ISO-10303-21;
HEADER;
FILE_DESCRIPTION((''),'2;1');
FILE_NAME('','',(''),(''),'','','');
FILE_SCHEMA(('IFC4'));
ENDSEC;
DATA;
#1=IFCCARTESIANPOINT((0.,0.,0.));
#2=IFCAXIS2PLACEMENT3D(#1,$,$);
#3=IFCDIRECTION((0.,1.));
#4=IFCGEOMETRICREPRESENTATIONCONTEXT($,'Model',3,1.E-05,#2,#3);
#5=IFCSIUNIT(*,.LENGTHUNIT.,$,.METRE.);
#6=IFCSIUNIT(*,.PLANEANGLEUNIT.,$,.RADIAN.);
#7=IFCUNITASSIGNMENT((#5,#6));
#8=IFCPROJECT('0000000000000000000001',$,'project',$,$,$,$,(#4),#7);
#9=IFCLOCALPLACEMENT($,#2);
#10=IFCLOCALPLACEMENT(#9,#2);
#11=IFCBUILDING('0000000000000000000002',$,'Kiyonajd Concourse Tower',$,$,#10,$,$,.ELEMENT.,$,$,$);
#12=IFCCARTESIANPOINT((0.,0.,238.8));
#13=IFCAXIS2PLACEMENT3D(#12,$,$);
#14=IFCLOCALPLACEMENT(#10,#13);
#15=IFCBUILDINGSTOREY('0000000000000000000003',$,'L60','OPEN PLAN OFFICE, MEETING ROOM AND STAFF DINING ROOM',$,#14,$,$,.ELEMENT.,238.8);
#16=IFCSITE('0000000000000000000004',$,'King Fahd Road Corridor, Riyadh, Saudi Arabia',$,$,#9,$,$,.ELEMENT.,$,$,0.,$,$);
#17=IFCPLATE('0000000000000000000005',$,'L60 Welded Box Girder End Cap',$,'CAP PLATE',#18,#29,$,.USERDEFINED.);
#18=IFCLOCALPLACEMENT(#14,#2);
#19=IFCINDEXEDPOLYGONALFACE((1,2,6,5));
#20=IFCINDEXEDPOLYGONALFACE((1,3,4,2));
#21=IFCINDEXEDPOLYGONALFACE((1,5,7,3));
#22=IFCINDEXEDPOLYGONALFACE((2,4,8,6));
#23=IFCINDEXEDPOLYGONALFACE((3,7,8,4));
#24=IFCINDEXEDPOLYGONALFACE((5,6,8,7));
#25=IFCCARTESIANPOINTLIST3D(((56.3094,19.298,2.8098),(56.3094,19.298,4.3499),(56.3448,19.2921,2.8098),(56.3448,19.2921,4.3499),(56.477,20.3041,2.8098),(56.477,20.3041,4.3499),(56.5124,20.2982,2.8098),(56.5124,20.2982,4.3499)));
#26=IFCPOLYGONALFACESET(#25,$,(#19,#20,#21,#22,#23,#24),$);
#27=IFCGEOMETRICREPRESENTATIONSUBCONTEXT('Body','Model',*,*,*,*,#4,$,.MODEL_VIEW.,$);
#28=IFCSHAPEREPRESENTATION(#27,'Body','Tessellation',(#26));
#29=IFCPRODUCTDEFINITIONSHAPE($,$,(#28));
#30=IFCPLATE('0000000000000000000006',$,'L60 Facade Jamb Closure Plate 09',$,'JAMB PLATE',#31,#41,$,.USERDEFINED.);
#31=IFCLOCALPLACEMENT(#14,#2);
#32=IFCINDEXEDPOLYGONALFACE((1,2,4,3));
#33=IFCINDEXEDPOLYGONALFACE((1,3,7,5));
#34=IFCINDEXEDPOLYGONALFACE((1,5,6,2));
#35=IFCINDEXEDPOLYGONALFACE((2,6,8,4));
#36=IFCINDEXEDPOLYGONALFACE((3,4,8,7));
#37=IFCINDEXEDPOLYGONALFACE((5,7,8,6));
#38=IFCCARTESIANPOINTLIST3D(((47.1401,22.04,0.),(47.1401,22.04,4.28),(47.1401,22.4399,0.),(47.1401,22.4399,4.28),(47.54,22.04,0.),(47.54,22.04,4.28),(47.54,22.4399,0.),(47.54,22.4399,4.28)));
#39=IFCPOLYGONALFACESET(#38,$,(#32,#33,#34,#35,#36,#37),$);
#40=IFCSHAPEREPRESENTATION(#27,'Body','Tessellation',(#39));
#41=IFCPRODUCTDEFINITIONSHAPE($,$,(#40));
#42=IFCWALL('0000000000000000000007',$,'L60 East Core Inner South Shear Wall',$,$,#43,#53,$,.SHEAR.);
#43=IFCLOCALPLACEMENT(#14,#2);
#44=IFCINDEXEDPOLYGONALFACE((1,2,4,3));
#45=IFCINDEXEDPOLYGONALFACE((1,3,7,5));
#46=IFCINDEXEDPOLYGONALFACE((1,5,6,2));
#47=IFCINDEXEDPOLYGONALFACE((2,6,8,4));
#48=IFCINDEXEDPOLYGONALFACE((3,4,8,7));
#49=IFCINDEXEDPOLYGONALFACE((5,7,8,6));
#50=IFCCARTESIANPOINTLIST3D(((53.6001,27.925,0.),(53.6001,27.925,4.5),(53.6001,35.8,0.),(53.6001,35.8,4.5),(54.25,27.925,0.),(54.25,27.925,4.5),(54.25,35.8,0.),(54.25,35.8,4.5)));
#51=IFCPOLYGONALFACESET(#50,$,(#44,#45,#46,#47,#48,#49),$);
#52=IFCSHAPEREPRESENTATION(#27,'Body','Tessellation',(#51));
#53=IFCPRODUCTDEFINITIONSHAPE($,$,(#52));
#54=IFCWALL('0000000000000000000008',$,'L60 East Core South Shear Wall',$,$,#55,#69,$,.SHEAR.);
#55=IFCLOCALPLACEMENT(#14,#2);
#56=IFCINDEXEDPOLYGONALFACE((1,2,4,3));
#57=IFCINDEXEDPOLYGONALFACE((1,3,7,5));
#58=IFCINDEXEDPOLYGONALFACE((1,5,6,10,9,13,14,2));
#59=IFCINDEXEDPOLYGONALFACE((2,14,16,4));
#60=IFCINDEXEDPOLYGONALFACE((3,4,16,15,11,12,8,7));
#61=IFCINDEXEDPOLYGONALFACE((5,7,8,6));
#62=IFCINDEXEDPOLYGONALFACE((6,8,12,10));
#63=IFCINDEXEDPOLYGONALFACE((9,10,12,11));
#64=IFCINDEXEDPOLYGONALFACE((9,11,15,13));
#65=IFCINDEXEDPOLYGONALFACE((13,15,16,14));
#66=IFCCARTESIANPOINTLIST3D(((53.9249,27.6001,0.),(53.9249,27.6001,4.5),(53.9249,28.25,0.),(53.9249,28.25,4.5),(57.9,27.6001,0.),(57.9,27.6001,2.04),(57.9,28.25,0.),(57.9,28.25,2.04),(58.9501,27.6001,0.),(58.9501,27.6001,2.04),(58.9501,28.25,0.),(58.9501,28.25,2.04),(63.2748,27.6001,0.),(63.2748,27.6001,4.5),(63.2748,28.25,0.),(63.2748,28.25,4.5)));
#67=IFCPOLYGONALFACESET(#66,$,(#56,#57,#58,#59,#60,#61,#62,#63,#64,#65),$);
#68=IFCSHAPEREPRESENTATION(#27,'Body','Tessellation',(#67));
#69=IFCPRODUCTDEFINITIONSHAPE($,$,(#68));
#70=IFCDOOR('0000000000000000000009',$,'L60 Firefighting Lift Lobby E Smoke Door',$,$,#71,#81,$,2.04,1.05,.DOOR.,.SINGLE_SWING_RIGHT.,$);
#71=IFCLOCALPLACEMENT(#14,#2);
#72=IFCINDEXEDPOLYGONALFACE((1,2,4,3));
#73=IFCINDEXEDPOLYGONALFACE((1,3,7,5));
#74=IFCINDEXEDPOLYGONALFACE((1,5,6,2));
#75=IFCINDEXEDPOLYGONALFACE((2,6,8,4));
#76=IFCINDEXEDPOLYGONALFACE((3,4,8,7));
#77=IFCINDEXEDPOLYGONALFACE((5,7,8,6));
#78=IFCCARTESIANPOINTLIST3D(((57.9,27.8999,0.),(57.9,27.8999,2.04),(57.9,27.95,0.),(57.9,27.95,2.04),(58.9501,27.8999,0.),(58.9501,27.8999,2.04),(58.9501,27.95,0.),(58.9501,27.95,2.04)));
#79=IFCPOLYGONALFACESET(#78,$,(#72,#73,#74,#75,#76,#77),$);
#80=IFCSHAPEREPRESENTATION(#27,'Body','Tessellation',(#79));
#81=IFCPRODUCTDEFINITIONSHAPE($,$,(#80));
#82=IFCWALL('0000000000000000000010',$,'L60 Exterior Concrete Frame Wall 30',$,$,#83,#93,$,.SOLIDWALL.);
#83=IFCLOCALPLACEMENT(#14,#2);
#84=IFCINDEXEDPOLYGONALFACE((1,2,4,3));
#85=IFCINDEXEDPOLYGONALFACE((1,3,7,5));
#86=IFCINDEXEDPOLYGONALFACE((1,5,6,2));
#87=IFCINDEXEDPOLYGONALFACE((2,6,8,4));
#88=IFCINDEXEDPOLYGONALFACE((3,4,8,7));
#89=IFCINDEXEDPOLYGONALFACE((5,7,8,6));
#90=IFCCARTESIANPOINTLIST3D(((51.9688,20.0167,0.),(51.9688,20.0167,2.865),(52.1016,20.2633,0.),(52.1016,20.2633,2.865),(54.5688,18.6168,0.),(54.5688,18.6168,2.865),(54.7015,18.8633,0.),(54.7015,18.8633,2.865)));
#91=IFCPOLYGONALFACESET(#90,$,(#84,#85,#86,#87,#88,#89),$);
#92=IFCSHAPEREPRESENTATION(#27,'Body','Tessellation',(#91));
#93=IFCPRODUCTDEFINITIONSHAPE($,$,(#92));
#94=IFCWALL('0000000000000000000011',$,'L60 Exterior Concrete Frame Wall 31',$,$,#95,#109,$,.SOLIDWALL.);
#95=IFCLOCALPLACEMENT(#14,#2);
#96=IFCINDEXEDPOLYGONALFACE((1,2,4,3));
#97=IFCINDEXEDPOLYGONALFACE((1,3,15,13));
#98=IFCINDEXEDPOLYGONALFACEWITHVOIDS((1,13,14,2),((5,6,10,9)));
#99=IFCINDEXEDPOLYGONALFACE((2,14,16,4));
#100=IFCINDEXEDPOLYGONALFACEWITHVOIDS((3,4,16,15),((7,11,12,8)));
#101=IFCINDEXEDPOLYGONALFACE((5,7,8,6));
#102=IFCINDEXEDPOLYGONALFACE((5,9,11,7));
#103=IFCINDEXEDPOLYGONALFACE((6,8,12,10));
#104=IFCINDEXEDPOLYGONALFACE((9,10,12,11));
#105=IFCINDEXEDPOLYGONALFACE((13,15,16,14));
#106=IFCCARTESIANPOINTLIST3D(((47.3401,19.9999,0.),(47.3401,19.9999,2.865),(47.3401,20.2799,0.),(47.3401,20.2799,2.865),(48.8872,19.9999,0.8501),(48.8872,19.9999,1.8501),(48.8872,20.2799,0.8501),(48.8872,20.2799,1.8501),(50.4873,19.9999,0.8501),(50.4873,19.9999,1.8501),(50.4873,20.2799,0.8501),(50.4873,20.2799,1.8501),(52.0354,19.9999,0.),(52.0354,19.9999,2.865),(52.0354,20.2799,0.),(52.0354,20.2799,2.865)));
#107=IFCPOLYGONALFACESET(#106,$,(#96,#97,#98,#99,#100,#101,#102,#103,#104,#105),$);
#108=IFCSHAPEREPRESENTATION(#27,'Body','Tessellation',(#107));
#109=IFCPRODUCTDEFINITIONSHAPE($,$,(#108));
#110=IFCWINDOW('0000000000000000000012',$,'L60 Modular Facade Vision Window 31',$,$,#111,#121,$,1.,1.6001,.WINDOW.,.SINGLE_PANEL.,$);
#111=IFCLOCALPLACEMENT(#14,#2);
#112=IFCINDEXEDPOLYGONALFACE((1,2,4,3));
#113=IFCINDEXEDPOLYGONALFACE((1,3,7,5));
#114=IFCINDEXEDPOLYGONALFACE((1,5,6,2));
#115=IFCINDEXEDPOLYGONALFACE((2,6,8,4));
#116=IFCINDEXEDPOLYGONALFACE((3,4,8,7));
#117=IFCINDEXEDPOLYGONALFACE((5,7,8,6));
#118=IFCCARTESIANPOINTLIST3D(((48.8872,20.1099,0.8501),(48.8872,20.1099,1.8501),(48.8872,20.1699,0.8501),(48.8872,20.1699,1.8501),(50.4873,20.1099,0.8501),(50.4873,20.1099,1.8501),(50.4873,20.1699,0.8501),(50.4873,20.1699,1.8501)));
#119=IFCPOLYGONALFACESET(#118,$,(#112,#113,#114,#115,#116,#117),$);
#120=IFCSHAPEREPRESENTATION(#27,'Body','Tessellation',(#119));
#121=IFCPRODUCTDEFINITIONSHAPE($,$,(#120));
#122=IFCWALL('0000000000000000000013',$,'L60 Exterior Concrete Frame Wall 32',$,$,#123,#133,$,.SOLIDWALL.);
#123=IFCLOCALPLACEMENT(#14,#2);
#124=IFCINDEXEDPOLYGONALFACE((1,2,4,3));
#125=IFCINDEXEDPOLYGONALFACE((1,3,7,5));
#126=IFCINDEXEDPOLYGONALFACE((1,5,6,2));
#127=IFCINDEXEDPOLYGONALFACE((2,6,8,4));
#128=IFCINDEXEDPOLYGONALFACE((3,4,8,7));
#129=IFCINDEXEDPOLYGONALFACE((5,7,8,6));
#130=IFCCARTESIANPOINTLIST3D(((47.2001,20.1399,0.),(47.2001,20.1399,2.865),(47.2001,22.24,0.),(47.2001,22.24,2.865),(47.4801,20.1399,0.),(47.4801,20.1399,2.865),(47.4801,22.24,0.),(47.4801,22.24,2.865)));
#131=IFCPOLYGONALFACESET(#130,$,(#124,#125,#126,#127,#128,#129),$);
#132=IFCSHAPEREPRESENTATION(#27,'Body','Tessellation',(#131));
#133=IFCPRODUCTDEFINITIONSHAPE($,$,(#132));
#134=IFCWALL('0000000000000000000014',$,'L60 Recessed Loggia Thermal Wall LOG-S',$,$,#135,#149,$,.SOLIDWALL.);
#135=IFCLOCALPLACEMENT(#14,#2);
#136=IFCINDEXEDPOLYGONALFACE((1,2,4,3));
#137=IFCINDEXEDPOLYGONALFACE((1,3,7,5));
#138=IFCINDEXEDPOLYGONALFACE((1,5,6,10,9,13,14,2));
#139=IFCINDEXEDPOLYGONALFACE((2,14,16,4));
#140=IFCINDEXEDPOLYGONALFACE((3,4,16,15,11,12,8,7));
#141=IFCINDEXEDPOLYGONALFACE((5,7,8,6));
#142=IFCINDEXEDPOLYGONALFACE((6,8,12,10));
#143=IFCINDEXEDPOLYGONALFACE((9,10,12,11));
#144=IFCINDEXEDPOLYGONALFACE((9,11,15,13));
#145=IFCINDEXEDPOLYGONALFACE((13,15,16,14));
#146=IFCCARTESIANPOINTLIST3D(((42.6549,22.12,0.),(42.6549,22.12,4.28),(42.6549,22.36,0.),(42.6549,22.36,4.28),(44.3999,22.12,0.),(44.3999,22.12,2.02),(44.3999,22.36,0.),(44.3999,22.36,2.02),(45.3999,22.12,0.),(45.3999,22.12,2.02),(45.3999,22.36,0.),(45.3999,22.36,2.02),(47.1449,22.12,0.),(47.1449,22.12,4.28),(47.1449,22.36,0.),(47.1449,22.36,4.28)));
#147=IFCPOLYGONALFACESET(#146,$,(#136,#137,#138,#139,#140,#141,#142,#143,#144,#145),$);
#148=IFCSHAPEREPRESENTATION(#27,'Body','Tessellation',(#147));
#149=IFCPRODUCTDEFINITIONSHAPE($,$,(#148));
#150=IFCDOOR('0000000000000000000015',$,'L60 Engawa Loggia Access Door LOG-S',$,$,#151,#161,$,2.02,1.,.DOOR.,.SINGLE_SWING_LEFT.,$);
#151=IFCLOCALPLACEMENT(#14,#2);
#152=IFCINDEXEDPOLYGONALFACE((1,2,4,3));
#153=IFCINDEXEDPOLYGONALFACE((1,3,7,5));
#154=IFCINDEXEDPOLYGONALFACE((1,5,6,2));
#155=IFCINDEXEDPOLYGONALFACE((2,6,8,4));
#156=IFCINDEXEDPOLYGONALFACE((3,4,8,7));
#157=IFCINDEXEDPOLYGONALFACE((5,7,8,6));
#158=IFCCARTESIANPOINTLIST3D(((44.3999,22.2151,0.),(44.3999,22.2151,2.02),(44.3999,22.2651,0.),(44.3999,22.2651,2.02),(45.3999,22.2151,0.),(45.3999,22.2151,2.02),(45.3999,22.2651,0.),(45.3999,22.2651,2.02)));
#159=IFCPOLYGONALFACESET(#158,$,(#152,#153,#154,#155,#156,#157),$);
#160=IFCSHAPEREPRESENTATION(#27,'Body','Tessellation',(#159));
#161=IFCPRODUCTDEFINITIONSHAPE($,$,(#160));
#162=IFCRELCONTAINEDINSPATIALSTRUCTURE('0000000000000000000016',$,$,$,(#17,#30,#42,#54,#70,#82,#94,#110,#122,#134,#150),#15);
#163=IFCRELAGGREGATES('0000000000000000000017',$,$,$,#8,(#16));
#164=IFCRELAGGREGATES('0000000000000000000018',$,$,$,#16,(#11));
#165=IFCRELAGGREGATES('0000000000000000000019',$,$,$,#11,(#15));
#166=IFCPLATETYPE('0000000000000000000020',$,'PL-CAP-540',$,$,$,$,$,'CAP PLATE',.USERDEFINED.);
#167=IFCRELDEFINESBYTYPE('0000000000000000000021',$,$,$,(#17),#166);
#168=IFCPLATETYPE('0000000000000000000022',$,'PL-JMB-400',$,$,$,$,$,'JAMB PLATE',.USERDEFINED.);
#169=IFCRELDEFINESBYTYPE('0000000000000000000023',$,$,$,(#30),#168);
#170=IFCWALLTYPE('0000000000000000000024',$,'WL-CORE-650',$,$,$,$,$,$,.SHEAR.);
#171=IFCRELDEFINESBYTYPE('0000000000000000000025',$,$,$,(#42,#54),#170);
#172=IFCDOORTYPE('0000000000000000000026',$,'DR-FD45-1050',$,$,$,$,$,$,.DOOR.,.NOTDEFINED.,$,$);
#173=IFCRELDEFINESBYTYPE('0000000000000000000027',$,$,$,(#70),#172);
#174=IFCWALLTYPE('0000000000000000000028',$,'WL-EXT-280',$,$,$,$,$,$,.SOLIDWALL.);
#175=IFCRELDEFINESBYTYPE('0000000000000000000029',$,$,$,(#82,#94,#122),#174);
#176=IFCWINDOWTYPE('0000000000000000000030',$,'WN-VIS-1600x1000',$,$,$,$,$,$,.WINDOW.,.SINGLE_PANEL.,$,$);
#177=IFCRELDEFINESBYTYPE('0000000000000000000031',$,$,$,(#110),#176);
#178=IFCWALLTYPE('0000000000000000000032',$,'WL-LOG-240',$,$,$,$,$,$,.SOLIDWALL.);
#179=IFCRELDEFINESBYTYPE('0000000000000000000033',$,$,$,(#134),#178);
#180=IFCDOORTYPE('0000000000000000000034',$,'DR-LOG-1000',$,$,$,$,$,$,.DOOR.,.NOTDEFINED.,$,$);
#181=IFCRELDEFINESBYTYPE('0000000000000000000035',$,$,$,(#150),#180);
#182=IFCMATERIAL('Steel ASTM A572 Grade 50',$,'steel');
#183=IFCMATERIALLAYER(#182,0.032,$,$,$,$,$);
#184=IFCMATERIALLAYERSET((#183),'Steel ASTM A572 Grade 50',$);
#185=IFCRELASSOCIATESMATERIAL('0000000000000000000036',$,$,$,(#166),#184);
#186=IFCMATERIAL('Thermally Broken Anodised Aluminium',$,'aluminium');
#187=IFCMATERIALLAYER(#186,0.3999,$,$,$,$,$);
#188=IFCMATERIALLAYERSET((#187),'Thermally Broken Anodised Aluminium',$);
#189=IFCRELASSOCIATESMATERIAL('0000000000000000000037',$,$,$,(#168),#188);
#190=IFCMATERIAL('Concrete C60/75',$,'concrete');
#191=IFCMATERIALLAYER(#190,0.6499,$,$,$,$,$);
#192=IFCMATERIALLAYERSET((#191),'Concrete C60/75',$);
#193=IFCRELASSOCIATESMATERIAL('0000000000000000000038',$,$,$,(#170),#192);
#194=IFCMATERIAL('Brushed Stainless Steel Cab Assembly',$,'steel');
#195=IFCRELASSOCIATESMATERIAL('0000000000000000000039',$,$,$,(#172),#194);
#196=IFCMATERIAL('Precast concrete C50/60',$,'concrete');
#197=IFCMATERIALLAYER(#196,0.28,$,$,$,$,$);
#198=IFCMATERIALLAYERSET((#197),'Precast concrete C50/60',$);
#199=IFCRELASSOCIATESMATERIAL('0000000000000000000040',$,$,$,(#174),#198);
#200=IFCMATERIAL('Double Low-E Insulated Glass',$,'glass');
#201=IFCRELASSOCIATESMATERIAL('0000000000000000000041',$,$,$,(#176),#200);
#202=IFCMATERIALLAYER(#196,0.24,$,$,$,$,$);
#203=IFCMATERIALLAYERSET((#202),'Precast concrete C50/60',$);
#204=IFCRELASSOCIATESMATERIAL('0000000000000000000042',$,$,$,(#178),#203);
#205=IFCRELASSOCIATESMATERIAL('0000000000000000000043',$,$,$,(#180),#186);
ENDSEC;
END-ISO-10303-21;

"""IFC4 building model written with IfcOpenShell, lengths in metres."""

from ifc_helpers import new_model, si_unit, direction, frame, frame_2d, origin, origin_2d, place, context, subcontext, project, spatial, rectangle, extrude, material, layer, layer_set, type_object, element, fill, save


model = new_model("IFC4")

# Units and contexts
model_context = context("Model", 3, precision=1e-05, world=origin(), true_north=direction((0.0, 1.0)))
body_context = subcontext(model_context, "Body", "Model", "MODEL_VIEW")
ifc_project = project(units=[si_unit("LENGTHUNIT", "METRE"), si_unit("PLANEANGLEUNIT", "RADIAN")], contexts=[model_context])

# Site, building, storey
site_placement = place(None, origin())
site = spatial("IfcSite", under=ifc_project, at=site_placement, Name="King Fahd Road Corridor, Riyadh, Saudi Arabia", CompositionType="ELEMENT", RefElevation=0.0)
building_placement = place(site_placement, origin())
building = spatial("IfcBuilding", under=site, at=building_placement, Name="Kiyonajd Concourse Tower", CompositionType="ELEMENT")
storey_placement = place(building_placement, frame((0.0, 0.0, 238.8)))
storey = spatial("IfcBuildingStorey", under=building, at=storey_placement, Name="L60", Description="OPEN PLAN OFFICE, MEETING ROOM AND STAFF DINING ROOM", CompositionType="ELEMENT", Elevation=238.8)

# Shared definitions
ifc_material_1 = material(Name="Concrete C60/75", Category="concrete")

# Shared definitions
ifc_material_2 = material(Name="Steel ASTM A572 Grade 50", Category="steel")

# Plates
ifc_layer_1 = layer(ifc_material_2, 0.032)
ifc_layer_set_1 = layer_set([ifc_layer_1], Name="Steel ASTM A572 Grade 50")
plate_type_1 = type_object("IfcPlateType", Name="PL-CAP-540", ElementType="CAP PLATE", PredefinedType="USERDEFINED", material=ifc_layer_set_1)
for number, where, z_axis, x_axis, name in (
    (1, (56.4109, 19.7981, 2.8098), (0.0, 0.0, 1.0), (0.986401, -0.164359, 0.0), "L60 Welded Box Girder End Cap"),
):
    element("IfcPlate", number, at=place(storey_placement, frame(where, z_axis=z_axis, x_axis=x_axis)), inside=storey, type_object=plate_type_1, Name=name, ObjectType="CAP PLATE", PredefinedType="USERDEFINED", context=body_context, shape_type="SweptSolid", body=[
        extrude(rectangle(XDim=0.0359, YDim=1.02, at=origin_2d()), origin(), (0.0, 0.0, 1.0), 1.54),
    ])
ifc_material_3 = material(Name="Thermally Broken Anodised Aluminium", Category="aluminium")
ifc_layer_2 = layer(ifc_material_3, 0.3999)
ifc_layer_set_2 = layer_set([ifc_layer_2], Name="Thermally Broken Anodised Aluminium")
plate_type_2 = type_object("IfcPlateType", Name="PL-JMB-400", ElementType="JAMB PLATE", PredefinedType="USERDEFINED", material=ifc_layer_set_2)
plate_placement = place(storey_placement, frame((47.3401, 22.24, 0.0), z_axis=(0.0, 0.0, 1.0), x_axis=(1.0, 0.0, 0.0)))
element("IfcPlate", 2, at=plate_placement, inside=storey, type_object=plate_type_2, Name="L60 Facade Jamb Closure Plate 09", ObjectType="JAMB PLATE", PredefinedType="USERDEFINED", context=body_context, shape_type="SweptSolid", body=[
    extrude(rectangle(XDim=0.3999, YDim=0.3999, at=origin_2d()), origin(), (0.0, 0.0, 1.0), 4.28),
])

# Wall
ifc_layer_3 = layer(ifc_material_1, 0.6499)
ifc_layer_set_3 = layer_set([ifc_layer_3], Name="Concrete C60/75")
wall_type_1 = type_object("IfcWallType", Name="WL-CORE-650", PredefinedType="SHEAR", material=ifc_layer_set_3)
wall_1_placement = place(storey_placement, frame((53.925, 27.925, 0.0), z_axis=(0.0, 0.0, 1.0), x_axis=(0.0, 1.0, 0.0)))
element("IfcWall", 3, at=wall_1_placement, inside=storey, type_object=wall_type_1, Name="L60 East Core Inner South Shear Wall", PredefinedType="SHEAR", context=body_context, shape_type="SweptSolid", body=[
    extrude(rectangle(XDim=7.875, YDim=0.6499, at=frame_2d((3.9375, 0.0))), origin(), (0.0, 0.0, 1.0), 4.5),
])

# Wall, opening, door
wall_2_placement = place(storey_placement, frame((53.925, 27.925, 0.0), z_axis=(0.0, 0.0, 1.0), x_axis=(1.0, 0.0, 0.0)))
wall_2 = element("IfcWall", 4, at=wall_2_placement, inside=storey, type_object=wall_type_1, Name="L60 East Core South Shear Wall", PredefinedType="SHEAR", context=body_context, shape_type="SweptSolid", body=[
    extrude(rectangle(XDim=9.3499, YDim=0.6499, at=frame_2d((4.6748, 0.0))), origin(), (0.0, 0.0, 1.0), 4.5),
])
opening_1_placement = place(wall_2_placement, frame((3.9751, 0.0, 0.0)))
opening_1 = element("IfcOpeningElement", 5, at=opening_1_placement, cuts=wall_2, PredefinedType="OPENING", context=body_context, shape_type="SweptSolid", body=[
    extrude(rectangle(XDim=1.05, YDim=2.04, at=frame_2d((0.5249, 1.02))), frame((0.0, 0.335, 0.0), z_axis=(0.0, -1.0, 0.0), x_axis=(1.0, 0.0, 0.0)), (0.0, 0.0, 1.0), 0.6699),
])
ifc_material_4 = material(Name="Brushed Stainless Steel Cab Assembly", Category="steel")
door_type_1 = type_object("IfcDoorType", Name="DR-FD45-1050", OperationType="NOTDEFINED", PredefinedType="DOOR", material=ifc_material_4)
door_1_placement = place(opening_1_placement, origin())
door_1 = element("IfcDoor", 6, at=door_1_placement, inside=storey, type_object=door_type_1, Name="L60 Firefighting Lift Lobby E Smoke Door", OperationType="SINGLE_SWING_RIGHT", OverallHeight=2.04, OverallWidth=1.05, PredefinedType="DOOR", context=body_context, shape_type="SweptSolid", body=[
    extrude(rectangle(XDim=1.05, YDim=2.04, at=frame_2d((0.5249, 1.02))), frame((0.0, 0.0249, 0.0), z_axis=(0.0, -1.0, 0.0), x_axis=(1.0, 0.0, 0.0)), (0.0, 0.0, 1.0), 0.05),
])
fill(opening_1, door_1)

# Wall
ifc_material_5 = material(Name="Precast concrete C50/60", Category="concrete")
ifc_layer_4 = layer(ifc_material_5, 0.28)
ifc_layer_set_4 = layer_set([ifc_layer_4], Name="Precast concrete C50/60")
wall_type_2 = type_object("IfcWallType", Name="WL-EXT-280", PredefinedType="SOLIDWALL", material=ifc_layer_set_4)
wall_3_placement = place(storey_placement, frame((54.6353, 18.74, 0.0), z_axis=(0.0, 0.0, 1.0), x_axis=(-0.880474, 0.474095, 0.0)))
element("IfcWall", 7, at=wall_3_placement, inside=storey, type_object=wall_type_2, Name="L60 Exterior Concrete Frame Wall 30", PredefinedType="SOLIDWALL", context=body_context, shape_type="SweptSolid", body=[
    extrude(rectangle(XDim=2.9529, YDim=0.28, at=frame_2d((1.4766, 0.0))), origin(), (0.0, 0.0, 1.0), 2.865),
])

# Wall, opening, window
wall_4_placement = place(storey_placement, frame((52.0354, 20.1399, 0.0), z_axis=(0.0, 0.0, 1.0), x_axis=(-1.0, 0.0, 0.0)))
wall_4 = element("IfcWall", 8, at=wall_4_placement, inside=storey, type_object=wall_type_2, Name="L60 Exterior Concrete Frame Wall 31", PredefinedType="SOLIDWALL", context=body_context, shape_type="SweptSolid", body=[
    extrude(rectangle(XDim=4.6953, YDim=0.28, at=frame_2d((2.3477, 0.0))), origin(), (0.0, 0.0, 1.0), 2.865),
])
opening_2_placement = place(wall_4_placement, frame((1.5481, 0.0, 0.8501)))
opening_2 = element("IfcOpeningElement", 9, at=opening_2_placement, cuts=wall_4, PredefinedType="OPENING", context=body_context, shape_type="SweptSolid", body=[
    extrude(rectangle(XDim=1.6001, YDim=1.0, at=frame_2d((0.8, 0.5))), frame((0.0, 0.1499, 0.0), z_axis=(0.0, -1.0, 0.0), x_axis=(1.0, 0.0, 0.0)), (0.0, 0.0, 1.0), 0.3),
])
ifc_material_6 = material(Name="Double Low-E Insulated Glass", Category="glass")
window_type = type_object("IfcWindowType", Name="WN-VIS-1600x1000", PartitioningType="SINGLE_PANEL", PredefinedType="WINDOW", material=ifc_material_6)
window_placement = place(opening_2_placement, origin())
window = element("IfcWindow", 10, at=window_placement, inside=storey, type_object=window_type, Name="L60 Modular Facade Vision Window 31", OverallHeight=1.0, OverallWidth=1.6001, PartitioningType="SINGLE_PANEL", PredefinedType="WINDOW", context=body_context, shape_type="SweptSolid", body=[
    extrude(rectangle(XDim=1.6001, YDim=1.0, at=frame_2d((0.8, 0.5))), frame((0.0, 0.03, 0.0), z_axis=(0.0, -1.0, 0.0), x_axis=(1.0, 0.0, 0.0)), (0.0, 0.0, 1.0), 0.0601),
])
fill(opening_2, window)

# Wall
wall_5_placement = place(storey_placement, frame((47.3401, 20.1399, 0.0), z_axis=(0.0, 0.0, 1.0), x_axis=(0.0, 1.0, 0.0)))
element("IfcWall", 11, at=wall_5_placement, inside=storey, type_object=wall_type_2, Name="L60 Exterior Concrete Frame Wall 32", PredefinedType="SOLIDWALL", context=body_context, shape_type="SweptSolid", body=[
    extrude(rectangle(XDim=2.1001, YDim=0.28, at=frame_2d((1.05, 0.0))), origin(), (0.0, 0.0, 1.0), 2.865),
])

# Wall, opening, door
ifc_layer_5 = layer(ifc_material_5, 0.24)
ifc_layer_set_5 = layer_set([ifc_layer_5], Name="Precast concrete C50/60")
wall_type_3 = type_object("IfcWallType", Name="WL-LOG-240", PredefinedType="SOLIDWALL", material=ifc_layer_set_5)
wall_6_placement = place(storey_placement, frame((47.145, 22.24, 0.0), z_axis=(0.0, 0.0, 1.0), x_axis=(-1.0, 0.0, 0.0)))
wall_6 = element("IfcWall", 12, at=wall_6_placement, inside=storey, type_object=wall_type_3, Name="L60 Recessed Loggia Thermal Wall LOG-S", PredefinedType="SOLIDWALL", context=body_context, shape_type="SweptSolid", body=[
    extrude(rectangle(XDim=4.49, YDim=0.24, at=frame_2d((2.2451, 0.0))), origin(), (0.0, 0.0, 1.0), 4.28),
])
opening_3_placement = place(wall_6_placement, frame((1.7451, 0.0, 0.0)))
opening_3 = element("IfcOpeningElement", 13, at=opening_3_placement, cuts=wall_6, PredefinedType="OPENING", context=body_context, shape_type="SweptSolid", body=[
    extrude(rectangle(XDim=1.0, YDim=2.02, at=frame_2d((0.5, 1.01))), frame((0.0, 0.1299, 0.0), z_axis=(0.0, -1.0, 0.0), x_axis=(1.0, 0.0, 0.0)), (0.0, 0.0, 1.0), 0.26),
])
door_type_2 = type_object("IfcDoorType", Name="DR-LOG-1000", OperationType="NOTDEFINED", PredefinedType="DOOR", material=ifc_material_3)
door_2_placement = place(opening_3_placement, origin())
door_2 = element("IfcDoor", 14, at=door_2_placement, inside=storey, type_object=door_type_2, Name="L60 Engawa Loggia Access Door LOG-S", OperationType="SINGLE_SWING_LEFT", OverallHeight=2.02, OverallWidth=1.0, PredefinedType="DOOR", context=body_context, shape_type="SweptSolid", body=[
    extrude(rectangle(XDim=1.0, YDim=2.02, at=frame_2d((0.5, 1.01))), frame((0.0, 0.0249, 0.0), z_axis=(0.0, -1.0, 0.0), x_axis=(1.0, 0.0, 0.0)), (0.0, 0.0, 1.0), 0.05),
])
fill(opening_3, door_2)

save(model, "model.ifc")
